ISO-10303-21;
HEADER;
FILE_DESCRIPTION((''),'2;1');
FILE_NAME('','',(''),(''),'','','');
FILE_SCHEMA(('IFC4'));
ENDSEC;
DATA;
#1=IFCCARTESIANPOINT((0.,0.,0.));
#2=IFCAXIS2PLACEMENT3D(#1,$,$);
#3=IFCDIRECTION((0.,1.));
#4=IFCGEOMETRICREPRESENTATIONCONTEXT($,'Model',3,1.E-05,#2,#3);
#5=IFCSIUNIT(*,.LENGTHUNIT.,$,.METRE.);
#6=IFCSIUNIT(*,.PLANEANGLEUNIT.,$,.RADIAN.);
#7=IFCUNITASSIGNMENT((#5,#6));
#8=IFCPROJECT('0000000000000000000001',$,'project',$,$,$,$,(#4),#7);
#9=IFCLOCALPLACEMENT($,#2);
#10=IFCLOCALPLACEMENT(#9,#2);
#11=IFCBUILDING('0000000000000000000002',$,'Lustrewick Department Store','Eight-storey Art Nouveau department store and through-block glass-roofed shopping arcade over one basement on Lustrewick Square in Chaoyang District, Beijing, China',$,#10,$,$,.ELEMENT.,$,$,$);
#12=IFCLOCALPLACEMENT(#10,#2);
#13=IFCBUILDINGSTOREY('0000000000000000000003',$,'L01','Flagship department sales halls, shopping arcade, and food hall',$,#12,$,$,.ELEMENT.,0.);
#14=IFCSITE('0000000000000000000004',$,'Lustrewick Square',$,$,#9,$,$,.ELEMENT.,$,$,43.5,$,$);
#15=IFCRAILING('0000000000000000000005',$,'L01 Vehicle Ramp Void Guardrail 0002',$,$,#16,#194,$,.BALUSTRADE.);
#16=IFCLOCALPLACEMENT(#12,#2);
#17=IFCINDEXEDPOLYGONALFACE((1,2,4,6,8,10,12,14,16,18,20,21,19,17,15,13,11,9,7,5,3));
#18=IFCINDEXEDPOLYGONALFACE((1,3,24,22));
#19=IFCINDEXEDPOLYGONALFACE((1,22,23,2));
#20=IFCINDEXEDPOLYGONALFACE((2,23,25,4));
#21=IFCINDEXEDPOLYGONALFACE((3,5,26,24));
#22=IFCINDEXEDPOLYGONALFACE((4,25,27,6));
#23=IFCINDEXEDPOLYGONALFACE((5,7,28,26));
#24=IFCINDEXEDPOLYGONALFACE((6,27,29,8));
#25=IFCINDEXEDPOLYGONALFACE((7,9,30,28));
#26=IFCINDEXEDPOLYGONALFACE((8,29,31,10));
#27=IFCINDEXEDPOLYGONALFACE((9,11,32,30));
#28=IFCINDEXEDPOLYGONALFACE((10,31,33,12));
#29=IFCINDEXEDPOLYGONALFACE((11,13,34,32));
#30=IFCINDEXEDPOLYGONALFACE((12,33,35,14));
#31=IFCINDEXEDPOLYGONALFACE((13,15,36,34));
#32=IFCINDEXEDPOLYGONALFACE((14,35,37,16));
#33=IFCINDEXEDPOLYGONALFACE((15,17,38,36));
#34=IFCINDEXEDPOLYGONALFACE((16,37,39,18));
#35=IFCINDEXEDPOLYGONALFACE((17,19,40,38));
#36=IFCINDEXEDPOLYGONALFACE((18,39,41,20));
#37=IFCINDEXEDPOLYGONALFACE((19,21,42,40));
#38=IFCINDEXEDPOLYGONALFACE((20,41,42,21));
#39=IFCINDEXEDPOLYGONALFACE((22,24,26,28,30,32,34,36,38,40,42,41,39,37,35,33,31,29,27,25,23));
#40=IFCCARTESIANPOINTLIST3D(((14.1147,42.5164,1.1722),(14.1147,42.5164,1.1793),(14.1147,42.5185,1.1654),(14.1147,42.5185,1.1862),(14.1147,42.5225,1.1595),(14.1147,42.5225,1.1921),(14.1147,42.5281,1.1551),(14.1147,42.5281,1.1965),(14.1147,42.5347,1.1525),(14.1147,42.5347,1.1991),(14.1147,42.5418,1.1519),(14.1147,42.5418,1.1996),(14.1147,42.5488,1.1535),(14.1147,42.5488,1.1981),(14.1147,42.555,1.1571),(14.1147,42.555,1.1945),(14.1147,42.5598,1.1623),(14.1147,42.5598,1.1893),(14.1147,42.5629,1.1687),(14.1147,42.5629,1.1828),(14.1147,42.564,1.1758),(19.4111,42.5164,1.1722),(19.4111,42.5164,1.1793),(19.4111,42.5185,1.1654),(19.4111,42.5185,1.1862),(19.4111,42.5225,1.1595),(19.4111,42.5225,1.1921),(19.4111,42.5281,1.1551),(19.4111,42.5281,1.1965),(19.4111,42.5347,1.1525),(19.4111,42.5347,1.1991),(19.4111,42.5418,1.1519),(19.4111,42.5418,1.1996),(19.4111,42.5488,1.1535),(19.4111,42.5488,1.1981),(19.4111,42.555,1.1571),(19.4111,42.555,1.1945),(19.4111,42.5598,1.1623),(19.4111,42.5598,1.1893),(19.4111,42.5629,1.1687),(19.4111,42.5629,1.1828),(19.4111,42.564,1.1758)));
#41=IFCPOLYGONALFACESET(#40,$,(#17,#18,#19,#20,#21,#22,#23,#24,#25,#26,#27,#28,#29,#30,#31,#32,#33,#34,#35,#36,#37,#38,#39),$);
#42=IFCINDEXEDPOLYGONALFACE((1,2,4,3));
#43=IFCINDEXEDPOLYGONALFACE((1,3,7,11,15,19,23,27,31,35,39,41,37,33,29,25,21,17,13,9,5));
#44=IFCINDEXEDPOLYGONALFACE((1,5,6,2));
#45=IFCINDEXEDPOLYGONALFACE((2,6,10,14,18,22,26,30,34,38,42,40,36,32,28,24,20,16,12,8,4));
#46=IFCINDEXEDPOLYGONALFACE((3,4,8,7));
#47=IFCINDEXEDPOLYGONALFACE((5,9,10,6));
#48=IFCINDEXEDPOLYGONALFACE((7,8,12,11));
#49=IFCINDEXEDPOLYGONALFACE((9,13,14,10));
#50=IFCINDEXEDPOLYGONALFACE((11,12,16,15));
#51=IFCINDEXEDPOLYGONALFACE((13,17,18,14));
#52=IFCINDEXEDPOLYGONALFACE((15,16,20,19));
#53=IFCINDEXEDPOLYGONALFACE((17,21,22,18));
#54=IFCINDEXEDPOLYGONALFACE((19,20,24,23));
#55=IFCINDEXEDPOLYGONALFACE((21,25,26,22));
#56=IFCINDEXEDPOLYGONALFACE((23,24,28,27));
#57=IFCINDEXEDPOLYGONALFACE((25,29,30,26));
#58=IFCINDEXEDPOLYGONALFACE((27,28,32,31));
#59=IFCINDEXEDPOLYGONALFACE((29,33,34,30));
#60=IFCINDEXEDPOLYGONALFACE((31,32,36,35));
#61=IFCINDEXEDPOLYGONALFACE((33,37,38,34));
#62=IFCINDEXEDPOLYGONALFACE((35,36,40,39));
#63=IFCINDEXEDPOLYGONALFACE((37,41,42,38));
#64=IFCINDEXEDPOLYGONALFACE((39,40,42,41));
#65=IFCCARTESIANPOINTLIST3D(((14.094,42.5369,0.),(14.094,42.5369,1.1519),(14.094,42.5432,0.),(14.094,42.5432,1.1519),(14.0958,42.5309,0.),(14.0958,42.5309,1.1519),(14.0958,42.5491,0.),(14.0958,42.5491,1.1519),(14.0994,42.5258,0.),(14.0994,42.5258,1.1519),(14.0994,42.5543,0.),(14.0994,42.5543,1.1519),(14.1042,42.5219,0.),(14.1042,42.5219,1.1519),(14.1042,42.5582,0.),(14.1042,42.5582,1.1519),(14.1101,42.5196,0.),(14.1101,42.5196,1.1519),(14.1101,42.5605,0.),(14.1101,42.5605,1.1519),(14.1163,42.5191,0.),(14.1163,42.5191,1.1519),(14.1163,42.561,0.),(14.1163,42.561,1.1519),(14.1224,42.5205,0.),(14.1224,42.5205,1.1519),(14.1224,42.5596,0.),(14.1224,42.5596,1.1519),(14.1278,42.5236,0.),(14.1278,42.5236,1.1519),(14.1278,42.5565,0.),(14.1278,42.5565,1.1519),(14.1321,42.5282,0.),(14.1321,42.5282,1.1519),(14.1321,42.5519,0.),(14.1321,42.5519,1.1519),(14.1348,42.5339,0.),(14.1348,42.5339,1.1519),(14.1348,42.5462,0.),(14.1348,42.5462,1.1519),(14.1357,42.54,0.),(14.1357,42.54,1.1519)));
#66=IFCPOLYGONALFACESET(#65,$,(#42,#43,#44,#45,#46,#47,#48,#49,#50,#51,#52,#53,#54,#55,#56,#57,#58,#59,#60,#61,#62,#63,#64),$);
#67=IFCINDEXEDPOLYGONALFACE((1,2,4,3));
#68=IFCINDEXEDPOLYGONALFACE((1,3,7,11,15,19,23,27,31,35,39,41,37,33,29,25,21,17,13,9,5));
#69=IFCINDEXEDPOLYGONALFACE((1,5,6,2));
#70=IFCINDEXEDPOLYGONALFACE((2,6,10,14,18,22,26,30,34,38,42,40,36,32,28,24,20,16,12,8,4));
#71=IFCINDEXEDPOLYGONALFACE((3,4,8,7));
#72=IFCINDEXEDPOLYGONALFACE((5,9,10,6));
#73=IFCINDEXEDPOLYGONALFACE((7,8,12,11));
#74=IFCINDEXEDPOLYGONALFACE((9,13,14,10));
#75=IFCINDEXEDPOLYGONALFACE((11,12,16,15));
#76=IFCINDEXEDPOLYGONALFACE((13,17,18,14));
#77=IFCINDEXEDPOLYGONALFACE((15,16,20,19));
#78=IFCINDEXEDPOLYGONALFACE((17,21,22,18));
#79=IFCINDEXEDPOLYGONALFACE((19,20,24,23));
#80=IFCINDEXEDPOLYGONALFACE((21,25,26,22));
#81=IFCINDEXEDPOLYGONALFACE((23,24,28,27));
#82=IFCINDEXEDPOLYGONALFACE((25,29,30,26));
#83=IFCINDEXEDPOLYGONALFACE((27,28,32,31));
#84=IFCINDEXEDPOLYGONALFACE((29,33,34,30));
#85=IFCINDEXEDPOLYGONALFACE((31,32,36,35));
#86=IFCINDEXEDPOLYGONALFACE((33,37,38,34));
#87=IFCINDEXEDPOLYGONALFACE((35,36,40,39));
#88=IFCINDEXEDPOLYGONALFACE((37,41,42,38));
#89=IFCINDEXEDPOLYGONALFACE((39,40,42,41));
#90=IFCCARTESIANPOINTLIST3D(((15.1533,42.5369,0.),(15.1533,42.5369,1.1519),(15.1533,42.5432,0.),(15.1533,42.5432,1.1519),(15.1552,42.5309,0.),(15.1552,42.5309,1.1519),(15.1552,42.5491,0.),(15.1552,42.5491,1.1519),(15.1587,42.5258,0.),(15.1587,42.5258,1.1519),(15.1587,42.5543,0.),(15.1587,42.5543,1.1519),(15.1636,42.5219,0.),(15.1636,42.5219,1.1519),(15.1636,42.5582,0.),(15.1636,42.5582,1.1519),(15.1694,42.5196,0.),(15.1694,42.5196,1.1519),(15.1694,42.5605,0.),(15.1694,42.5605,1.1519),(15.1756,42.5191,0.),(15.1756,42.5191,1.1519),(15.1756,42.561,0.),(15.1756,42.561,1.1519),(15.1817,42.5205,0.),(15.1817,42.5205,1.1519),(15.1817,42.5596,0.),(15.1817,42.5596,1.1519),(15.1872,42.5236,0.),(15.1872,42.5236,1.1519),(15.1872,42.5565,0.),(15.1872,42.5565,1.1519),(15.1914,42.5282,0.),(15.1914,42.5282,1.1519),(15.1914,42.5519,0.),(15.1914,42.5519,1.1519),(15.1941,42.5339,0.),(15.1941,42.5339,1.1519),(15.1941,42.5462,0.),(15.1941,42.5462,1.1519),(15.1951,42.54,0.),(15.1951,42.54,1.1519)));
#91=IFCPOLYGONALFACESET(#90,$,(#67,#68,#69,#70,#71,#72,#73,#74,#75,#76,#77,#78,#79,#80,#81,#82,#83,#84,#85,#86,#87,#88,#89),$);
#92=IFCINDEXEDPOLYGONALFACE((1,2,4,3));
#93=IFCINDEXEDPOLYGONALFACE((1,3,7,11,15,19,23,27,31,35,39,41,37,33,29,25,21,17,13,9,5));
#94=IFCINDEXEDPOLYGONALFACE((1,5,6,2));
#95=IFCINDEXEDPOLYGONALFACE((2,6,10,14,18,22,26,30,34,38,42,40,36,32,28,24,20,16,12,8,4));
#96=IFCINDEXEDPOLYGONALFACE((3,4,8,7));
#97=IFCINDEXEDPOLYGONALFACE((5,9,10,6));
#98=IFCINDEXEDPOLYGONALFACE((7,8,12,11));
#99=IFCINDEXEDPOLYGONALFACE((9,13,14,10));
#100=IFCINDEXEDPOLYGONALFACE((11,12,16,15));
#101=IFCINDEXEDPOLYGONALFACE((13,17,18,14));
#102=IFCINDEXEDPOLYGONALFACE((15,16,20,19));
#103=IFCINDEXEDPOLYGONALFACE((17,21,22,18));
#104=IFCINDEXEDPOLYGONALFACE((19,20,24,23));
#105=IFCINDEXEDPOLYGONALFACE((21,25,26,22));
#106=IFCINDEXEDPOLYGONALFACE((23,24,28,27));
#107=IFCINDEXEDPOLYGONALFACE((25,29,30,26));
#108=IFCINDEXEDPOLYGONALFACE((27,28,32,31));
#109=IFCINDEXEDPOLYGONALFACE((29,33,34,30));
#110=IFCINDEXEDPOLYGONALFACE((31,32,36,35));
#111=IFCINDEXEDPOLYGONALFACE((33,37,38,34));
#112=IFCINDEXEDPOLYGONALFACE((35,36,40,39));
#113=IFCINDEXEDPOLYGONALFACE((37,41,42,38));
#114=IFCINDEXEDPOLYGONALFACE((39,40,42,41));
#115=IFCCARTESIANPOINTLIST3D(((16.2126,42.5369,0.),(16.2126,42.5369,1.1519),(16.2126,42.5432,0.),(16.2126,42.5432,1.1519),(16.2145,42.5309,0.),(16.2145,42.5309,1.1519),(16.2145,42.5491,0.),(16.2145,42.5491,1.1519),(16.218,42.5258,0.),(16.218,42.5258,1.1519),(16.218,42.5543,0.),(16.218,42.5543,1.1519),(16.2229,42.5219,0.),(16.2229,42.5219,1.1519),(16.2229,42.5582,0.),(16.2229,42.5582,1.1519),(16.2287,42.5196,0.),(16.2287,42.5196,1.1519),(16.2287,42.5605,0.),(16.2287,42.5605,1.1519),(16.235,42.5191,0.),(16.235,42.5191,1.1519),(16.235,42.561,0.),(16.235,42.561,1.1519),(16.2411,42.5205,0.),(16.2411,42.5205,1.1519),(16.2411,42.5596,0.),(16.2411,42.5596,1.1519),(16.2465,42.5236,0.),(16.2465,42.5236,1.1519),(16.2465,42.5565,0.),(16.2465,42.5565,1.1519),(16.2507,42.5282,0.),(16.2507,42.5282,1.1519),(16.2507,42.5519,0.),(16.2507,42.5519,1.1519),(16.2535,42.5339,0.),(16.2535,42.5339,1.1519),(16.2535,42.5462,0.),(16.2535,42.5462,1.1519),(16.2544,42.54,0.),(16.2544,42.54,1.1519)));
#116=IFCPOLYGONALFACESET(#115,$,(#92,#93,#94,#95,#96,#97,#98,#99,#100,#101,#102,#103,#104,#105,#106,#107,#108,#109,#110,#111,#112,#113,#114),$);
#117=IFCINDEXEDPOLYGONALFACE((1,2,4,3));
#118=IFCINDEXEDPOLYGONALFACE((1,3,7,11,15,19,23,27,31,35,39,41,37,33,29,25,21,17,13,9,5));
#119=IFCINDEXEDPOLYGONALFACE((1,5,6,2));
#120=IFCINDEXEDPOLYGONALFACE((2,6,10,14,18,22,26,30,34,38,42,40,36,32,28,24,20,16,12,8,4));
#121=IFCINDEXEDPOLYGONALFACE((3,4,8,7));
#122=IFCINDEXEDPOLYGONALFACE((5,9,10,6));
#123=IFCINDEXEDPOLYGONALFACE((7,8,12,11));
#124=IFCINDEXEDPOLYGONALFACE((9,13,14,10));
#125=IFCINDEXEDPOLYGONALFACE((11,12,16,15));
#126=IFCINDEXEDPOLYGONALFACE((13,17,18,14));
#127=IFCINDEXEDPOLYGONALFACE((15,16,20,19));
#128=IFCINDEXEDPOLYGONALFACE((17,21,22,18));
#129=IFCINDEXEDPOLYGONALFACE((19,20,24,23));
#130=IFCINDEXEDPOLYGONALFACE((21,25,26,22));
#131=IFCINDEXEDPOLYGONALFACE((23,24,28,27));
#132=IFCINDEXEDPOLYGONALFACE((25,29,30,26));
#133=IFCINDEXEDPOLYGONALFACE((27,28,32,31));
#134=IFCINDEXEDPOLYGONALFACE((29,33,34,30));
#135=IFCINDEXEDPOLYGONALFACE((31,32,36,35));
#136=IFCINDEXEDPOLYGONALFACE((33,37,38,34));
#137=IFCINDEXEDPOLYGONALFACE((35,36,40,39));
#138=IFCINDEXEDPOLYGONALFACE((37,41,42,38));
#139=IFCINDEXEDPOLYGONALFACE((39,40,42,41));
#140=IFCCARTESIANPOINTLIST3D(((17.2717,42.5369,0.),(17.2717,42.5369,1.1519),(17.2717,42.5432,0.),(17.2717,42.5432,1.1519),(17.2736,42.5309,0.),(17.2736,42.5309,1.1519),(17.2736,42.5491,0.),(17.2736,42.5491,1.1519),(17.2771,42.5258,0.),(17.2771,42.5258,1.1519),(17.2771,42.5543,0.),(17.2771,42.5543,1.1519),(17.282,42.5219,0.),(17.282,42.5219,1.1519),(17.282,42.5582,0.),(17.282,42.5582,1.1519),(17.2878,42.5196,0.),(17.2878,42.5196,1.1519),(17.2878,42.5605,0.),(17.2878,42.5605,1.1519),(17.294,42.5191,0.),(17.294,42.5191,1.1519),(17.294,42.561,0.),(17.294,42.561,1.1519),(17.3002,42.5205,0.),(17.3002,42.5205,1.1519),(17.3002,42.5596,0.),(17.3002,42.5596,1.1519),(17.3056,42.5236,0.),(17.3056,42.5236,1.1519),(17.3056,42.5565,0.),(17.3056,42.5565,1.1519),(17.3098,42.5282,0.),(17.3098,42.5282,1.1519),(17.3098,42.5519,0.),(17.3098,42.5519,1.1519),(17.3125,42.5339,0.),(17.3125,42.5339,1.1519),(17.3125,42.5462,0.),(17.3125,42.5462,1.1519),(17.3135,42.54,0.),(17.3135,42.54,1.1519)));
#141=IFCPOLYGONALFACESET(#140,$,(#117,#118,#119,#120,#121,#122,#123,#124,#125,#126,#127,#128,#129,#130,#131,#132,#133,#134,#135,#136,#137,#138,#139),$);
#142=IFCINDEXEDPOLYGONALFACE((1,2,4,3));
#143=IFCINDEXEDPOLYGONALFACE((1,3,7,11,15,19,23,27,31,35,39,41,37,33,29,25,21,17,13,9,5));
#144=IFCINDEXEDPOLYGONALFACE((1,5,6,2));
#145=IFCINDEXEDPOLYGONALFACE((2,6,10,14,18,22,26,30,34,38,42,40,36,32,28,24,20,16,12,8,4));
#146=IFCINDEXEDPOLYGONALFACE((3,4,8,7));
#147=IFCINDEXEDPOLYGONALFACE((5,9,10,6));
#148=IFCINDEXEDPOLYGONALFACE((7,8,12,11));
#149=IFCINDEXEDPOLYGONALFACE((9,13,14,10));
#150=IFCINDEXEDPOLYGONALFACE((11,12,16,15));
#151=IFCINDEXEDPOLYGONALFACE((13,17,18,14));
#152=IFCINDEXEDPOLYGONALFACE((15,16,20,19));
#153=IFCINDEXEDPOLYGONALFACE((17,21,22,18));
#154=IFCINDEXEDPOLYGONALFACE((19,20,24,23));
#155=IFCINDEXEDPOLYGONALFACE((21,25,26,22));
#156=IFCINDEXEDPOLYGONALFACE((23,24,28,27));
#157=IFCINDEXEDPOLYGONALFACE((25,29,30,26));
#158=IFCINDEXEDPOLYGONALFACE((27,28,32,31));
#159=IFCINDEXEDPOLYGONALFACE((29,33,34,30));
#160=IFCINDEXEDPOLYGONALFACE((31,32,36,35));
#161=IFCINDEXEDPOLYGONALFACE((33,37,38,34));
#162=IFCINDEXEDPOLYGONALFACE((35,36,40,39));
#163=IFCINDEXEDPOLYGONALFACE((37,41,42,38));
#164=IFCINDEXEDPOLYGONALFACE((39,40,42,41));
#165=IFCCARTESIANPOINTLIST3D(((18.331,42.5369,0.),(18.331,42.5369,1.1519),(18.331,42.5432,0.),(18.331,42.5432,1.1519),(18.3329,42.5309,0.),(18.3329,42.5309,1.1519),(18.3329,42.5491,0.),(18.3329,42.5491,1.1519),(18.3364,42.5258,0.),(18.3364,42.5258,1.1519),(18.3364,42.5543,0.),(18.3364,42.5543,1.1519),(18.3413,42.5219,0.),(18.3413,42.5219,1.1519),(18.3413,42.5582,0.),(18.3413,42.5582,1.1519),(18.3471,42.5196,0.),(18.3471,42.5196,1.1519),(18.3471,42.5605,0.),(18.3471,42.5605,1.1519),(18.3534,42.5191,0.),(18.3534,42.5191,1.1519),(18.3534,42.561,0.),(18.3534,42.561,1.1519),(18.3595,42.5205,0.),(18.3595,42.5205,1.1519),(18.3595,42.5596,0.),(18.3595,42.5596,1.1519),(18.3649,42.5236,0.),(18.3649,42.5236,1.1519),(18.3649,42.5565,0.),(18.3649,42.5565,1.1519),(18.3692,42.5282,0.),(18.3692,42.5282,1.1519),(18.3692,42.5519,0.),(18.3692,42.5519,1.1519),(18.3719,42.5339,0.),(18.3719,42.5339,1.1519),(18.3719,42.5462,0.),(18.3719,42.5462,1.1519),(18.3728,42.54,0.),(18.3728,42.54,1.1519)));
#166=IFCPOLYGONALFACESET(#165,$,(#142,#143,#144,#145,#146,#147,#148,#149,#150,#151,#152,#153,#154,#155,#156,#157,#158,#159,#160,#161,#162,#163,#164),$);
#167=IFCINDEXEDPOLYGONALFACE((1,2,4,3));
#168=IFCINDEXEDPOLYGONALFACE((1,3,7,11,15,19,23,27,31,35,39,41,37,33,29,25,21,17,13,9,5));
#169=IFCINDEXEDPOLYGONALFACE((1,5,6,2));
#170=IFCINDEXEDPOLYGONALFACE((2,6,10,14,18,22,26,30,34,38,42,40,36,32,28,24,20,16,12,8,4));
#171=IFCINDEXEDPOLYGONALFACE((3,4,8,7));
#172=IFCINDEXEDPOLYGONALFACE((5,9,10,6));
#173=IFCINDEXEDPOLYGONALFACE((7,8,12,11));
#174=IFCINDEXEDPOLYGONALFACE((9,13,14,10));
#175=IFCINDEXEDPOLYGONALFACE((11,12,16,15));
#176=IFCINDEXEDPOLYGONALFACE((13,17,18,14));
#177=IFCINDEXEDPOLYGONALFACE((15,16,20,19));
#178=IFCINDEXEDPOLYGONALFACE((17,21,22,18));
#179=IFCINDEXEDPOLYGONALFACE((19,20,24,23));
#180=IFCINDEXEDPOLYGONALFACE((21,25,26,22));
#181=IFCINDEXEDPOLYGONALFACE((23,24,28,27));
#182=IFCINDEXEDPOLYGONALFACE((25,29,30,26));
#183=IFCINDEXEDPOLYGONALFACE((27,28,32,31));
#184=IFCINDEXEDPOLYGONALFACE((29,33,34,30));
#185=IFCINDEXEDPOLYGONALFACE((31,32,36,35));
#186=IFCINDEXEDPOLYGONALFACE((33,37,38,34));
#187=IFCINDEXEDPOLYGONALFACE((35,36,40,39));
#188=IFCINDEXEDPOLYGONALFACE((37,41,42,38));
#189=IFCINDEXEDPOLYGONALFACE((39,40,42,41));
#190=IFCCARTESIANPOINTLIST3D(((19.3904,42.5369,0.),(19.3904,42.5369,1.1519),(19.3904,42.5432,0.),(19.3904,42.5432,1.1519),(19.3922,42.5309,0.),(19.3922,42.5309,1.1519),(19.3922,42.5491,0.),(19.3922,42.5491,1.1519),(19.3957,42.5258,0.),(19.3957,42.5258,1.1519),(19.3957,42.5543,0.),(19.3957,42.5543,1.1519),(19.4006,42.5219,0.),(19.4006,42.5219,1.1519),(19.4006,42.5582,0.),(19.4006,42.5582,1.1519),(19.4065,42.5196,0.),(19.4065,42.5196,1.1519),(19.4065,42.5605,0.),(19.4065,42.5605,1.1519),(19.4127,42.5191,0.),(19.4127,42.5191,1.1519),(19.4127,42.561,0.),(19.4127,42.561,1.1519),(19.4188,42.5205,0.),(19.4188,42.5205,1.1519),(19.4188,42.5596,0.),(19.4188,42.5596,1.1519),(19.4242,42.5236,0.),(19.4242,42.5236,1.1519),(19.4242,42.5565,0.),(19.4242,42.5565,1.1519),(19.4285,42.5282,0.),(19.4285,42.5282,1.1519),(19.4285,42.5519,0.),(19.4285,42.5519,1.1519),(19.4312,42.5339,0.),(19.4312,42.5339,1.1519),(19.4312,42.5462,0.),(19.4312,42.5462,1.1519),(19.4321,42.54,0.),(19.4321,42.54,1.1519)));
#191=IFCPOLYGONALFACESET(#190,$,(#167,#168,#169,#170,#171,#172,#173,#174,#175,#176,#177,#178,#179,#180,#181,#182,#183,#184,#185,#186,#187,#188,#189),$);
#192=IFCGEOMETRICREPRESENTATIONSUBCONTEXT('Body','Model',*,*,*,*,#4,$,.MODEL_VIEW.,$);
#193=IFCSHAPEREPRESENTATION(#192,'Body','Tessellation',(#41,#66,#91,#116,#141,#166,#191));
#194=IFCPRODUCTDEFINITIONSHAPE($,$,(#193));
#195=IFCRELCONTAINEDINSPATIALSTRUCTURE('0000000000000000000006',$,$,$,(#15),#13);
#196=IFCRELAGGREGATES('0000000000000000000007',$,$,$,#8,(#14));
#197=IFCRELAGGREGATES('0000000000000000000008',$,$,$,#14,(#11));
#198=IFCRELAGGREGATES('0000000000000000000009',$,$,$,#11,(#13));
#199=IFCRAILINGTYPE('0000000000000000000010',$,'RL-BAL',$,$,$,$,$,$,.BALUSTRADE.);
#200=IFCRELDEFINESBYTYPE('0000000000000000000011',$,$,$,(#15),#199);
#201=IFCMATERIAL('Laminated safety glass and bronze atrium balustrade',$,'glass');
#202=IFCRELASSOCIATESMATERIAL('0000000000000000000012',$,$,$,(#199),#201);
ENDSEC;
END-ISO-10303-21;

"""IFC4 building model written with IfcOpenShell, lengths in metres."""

from ifc_helpers import new_model, si_unit, direction, frame, origin, origin_2d, place, context, subcontext, project, spatial, circle, extrude, material, type_object, element, save


model = new_model("IFC4")

# Units and contexts
model_context = context("Model", 3, precision=1e-05, world=origin(), true_north=direction((0.0, 1.0)))
body_context = subcontext(model_context, "Body", "Model", "MODEL_VIEW")
ifc_project = project(units=[si_unit("LENGTHUNIT", "METRE"), si_unit("PLANEANGLEUNIT", "RADIAN")], contexts=[model_context])

# Site, building, storey
site_placement = place(None, origin())
site = spatial("IfcSite", under=ifc_project, at=site_placement, Name="Lustrewick Square", CompositionType="ELEMENT", RefElevation=43.5)
building_placement = place(site_placement, origin())
building = spatial("IfcBuilding", under=site, at=building_placement, Name="Lustrewick Department Store", Description="Eight-storey Art Nouveau department store and through-block glass-roofed shopping arcade over one basement on Lustrewick Square in Chaoyang District, Beijing, China", CompositionType="ELEMENT")
storey_placement = place(building_placement, origin())
storey = spatial("IfcBuildingStorey", under=building, at=storey_placement, Name="L01", Description="Flagship department sales halls, shopping arcade, and food hall", CompositionType="ELEMENT", Elevation=0.0)

# Railing
ifc_material_1 = material(Name="Laminated safety glass and bronze atrium balustrade", Category="glass")
railing_type = type_object("IfcRailingType", Name="RL-BAL", PredefinedType="BALUSTRADE", material=ifc_material_1)
for number, where, name in (
    (1, (14.1147, 42.54, 0.0), "L01 Vehicle Ramp Void Guardrail 0002"),
):
    element("IfcRailing", number, at=place(storey_placement, frame(where)), inside=storey, type_object=railing_type, Name=name, PredefinedType="BALUSTRADE", context=body_context, shape_type="SweptSolid", body=[
        extrude(circle(Radius=0.0239, at=origin_2d()), frame((0.0, 0.0, 1.1758), z_axis=(1.0, 0.0, 0.0), x_axis=(0.0, 1.0, 0.0)), (0.0, 0.0, 1.0), 5.2964),
        extrude(circle(Radius=0.021, at=origin_2d()), origin(), (0.0, 0.0, 1.0), 1.1519),
        extrude(circle(Radius=0.021, at=origin_2d()), frame((1.0593, 0.0, 0.0)), (0.0, 0.0, 1.0), 1.1519),
        extrude(circle(Radius=0.021, at=origin_2d()), frame((2.1187, 0.0, 0.0)), (0.0, 0.0, 1.0), 1.1519),
        extrude(circle(Radius=0.021, at=origin_2d()), frame((3.1777, 0.0, 0.0)), (0.0, 0.0, 1.0), 1.1519),
        extrude(circle(Radius=0.021, at=origin_2d()), frame((4.2371, 0.0, 0.0)), (0.0, 0.0, 1.0), 1.1519),
        extrude(circle(Radius=0.021, at=origin_2d()), frame((5.2964, 0.0, 0.0)), (0.0, 0.0, 1.0), 1.1519),
    ])

save(model, "model.ifc")
